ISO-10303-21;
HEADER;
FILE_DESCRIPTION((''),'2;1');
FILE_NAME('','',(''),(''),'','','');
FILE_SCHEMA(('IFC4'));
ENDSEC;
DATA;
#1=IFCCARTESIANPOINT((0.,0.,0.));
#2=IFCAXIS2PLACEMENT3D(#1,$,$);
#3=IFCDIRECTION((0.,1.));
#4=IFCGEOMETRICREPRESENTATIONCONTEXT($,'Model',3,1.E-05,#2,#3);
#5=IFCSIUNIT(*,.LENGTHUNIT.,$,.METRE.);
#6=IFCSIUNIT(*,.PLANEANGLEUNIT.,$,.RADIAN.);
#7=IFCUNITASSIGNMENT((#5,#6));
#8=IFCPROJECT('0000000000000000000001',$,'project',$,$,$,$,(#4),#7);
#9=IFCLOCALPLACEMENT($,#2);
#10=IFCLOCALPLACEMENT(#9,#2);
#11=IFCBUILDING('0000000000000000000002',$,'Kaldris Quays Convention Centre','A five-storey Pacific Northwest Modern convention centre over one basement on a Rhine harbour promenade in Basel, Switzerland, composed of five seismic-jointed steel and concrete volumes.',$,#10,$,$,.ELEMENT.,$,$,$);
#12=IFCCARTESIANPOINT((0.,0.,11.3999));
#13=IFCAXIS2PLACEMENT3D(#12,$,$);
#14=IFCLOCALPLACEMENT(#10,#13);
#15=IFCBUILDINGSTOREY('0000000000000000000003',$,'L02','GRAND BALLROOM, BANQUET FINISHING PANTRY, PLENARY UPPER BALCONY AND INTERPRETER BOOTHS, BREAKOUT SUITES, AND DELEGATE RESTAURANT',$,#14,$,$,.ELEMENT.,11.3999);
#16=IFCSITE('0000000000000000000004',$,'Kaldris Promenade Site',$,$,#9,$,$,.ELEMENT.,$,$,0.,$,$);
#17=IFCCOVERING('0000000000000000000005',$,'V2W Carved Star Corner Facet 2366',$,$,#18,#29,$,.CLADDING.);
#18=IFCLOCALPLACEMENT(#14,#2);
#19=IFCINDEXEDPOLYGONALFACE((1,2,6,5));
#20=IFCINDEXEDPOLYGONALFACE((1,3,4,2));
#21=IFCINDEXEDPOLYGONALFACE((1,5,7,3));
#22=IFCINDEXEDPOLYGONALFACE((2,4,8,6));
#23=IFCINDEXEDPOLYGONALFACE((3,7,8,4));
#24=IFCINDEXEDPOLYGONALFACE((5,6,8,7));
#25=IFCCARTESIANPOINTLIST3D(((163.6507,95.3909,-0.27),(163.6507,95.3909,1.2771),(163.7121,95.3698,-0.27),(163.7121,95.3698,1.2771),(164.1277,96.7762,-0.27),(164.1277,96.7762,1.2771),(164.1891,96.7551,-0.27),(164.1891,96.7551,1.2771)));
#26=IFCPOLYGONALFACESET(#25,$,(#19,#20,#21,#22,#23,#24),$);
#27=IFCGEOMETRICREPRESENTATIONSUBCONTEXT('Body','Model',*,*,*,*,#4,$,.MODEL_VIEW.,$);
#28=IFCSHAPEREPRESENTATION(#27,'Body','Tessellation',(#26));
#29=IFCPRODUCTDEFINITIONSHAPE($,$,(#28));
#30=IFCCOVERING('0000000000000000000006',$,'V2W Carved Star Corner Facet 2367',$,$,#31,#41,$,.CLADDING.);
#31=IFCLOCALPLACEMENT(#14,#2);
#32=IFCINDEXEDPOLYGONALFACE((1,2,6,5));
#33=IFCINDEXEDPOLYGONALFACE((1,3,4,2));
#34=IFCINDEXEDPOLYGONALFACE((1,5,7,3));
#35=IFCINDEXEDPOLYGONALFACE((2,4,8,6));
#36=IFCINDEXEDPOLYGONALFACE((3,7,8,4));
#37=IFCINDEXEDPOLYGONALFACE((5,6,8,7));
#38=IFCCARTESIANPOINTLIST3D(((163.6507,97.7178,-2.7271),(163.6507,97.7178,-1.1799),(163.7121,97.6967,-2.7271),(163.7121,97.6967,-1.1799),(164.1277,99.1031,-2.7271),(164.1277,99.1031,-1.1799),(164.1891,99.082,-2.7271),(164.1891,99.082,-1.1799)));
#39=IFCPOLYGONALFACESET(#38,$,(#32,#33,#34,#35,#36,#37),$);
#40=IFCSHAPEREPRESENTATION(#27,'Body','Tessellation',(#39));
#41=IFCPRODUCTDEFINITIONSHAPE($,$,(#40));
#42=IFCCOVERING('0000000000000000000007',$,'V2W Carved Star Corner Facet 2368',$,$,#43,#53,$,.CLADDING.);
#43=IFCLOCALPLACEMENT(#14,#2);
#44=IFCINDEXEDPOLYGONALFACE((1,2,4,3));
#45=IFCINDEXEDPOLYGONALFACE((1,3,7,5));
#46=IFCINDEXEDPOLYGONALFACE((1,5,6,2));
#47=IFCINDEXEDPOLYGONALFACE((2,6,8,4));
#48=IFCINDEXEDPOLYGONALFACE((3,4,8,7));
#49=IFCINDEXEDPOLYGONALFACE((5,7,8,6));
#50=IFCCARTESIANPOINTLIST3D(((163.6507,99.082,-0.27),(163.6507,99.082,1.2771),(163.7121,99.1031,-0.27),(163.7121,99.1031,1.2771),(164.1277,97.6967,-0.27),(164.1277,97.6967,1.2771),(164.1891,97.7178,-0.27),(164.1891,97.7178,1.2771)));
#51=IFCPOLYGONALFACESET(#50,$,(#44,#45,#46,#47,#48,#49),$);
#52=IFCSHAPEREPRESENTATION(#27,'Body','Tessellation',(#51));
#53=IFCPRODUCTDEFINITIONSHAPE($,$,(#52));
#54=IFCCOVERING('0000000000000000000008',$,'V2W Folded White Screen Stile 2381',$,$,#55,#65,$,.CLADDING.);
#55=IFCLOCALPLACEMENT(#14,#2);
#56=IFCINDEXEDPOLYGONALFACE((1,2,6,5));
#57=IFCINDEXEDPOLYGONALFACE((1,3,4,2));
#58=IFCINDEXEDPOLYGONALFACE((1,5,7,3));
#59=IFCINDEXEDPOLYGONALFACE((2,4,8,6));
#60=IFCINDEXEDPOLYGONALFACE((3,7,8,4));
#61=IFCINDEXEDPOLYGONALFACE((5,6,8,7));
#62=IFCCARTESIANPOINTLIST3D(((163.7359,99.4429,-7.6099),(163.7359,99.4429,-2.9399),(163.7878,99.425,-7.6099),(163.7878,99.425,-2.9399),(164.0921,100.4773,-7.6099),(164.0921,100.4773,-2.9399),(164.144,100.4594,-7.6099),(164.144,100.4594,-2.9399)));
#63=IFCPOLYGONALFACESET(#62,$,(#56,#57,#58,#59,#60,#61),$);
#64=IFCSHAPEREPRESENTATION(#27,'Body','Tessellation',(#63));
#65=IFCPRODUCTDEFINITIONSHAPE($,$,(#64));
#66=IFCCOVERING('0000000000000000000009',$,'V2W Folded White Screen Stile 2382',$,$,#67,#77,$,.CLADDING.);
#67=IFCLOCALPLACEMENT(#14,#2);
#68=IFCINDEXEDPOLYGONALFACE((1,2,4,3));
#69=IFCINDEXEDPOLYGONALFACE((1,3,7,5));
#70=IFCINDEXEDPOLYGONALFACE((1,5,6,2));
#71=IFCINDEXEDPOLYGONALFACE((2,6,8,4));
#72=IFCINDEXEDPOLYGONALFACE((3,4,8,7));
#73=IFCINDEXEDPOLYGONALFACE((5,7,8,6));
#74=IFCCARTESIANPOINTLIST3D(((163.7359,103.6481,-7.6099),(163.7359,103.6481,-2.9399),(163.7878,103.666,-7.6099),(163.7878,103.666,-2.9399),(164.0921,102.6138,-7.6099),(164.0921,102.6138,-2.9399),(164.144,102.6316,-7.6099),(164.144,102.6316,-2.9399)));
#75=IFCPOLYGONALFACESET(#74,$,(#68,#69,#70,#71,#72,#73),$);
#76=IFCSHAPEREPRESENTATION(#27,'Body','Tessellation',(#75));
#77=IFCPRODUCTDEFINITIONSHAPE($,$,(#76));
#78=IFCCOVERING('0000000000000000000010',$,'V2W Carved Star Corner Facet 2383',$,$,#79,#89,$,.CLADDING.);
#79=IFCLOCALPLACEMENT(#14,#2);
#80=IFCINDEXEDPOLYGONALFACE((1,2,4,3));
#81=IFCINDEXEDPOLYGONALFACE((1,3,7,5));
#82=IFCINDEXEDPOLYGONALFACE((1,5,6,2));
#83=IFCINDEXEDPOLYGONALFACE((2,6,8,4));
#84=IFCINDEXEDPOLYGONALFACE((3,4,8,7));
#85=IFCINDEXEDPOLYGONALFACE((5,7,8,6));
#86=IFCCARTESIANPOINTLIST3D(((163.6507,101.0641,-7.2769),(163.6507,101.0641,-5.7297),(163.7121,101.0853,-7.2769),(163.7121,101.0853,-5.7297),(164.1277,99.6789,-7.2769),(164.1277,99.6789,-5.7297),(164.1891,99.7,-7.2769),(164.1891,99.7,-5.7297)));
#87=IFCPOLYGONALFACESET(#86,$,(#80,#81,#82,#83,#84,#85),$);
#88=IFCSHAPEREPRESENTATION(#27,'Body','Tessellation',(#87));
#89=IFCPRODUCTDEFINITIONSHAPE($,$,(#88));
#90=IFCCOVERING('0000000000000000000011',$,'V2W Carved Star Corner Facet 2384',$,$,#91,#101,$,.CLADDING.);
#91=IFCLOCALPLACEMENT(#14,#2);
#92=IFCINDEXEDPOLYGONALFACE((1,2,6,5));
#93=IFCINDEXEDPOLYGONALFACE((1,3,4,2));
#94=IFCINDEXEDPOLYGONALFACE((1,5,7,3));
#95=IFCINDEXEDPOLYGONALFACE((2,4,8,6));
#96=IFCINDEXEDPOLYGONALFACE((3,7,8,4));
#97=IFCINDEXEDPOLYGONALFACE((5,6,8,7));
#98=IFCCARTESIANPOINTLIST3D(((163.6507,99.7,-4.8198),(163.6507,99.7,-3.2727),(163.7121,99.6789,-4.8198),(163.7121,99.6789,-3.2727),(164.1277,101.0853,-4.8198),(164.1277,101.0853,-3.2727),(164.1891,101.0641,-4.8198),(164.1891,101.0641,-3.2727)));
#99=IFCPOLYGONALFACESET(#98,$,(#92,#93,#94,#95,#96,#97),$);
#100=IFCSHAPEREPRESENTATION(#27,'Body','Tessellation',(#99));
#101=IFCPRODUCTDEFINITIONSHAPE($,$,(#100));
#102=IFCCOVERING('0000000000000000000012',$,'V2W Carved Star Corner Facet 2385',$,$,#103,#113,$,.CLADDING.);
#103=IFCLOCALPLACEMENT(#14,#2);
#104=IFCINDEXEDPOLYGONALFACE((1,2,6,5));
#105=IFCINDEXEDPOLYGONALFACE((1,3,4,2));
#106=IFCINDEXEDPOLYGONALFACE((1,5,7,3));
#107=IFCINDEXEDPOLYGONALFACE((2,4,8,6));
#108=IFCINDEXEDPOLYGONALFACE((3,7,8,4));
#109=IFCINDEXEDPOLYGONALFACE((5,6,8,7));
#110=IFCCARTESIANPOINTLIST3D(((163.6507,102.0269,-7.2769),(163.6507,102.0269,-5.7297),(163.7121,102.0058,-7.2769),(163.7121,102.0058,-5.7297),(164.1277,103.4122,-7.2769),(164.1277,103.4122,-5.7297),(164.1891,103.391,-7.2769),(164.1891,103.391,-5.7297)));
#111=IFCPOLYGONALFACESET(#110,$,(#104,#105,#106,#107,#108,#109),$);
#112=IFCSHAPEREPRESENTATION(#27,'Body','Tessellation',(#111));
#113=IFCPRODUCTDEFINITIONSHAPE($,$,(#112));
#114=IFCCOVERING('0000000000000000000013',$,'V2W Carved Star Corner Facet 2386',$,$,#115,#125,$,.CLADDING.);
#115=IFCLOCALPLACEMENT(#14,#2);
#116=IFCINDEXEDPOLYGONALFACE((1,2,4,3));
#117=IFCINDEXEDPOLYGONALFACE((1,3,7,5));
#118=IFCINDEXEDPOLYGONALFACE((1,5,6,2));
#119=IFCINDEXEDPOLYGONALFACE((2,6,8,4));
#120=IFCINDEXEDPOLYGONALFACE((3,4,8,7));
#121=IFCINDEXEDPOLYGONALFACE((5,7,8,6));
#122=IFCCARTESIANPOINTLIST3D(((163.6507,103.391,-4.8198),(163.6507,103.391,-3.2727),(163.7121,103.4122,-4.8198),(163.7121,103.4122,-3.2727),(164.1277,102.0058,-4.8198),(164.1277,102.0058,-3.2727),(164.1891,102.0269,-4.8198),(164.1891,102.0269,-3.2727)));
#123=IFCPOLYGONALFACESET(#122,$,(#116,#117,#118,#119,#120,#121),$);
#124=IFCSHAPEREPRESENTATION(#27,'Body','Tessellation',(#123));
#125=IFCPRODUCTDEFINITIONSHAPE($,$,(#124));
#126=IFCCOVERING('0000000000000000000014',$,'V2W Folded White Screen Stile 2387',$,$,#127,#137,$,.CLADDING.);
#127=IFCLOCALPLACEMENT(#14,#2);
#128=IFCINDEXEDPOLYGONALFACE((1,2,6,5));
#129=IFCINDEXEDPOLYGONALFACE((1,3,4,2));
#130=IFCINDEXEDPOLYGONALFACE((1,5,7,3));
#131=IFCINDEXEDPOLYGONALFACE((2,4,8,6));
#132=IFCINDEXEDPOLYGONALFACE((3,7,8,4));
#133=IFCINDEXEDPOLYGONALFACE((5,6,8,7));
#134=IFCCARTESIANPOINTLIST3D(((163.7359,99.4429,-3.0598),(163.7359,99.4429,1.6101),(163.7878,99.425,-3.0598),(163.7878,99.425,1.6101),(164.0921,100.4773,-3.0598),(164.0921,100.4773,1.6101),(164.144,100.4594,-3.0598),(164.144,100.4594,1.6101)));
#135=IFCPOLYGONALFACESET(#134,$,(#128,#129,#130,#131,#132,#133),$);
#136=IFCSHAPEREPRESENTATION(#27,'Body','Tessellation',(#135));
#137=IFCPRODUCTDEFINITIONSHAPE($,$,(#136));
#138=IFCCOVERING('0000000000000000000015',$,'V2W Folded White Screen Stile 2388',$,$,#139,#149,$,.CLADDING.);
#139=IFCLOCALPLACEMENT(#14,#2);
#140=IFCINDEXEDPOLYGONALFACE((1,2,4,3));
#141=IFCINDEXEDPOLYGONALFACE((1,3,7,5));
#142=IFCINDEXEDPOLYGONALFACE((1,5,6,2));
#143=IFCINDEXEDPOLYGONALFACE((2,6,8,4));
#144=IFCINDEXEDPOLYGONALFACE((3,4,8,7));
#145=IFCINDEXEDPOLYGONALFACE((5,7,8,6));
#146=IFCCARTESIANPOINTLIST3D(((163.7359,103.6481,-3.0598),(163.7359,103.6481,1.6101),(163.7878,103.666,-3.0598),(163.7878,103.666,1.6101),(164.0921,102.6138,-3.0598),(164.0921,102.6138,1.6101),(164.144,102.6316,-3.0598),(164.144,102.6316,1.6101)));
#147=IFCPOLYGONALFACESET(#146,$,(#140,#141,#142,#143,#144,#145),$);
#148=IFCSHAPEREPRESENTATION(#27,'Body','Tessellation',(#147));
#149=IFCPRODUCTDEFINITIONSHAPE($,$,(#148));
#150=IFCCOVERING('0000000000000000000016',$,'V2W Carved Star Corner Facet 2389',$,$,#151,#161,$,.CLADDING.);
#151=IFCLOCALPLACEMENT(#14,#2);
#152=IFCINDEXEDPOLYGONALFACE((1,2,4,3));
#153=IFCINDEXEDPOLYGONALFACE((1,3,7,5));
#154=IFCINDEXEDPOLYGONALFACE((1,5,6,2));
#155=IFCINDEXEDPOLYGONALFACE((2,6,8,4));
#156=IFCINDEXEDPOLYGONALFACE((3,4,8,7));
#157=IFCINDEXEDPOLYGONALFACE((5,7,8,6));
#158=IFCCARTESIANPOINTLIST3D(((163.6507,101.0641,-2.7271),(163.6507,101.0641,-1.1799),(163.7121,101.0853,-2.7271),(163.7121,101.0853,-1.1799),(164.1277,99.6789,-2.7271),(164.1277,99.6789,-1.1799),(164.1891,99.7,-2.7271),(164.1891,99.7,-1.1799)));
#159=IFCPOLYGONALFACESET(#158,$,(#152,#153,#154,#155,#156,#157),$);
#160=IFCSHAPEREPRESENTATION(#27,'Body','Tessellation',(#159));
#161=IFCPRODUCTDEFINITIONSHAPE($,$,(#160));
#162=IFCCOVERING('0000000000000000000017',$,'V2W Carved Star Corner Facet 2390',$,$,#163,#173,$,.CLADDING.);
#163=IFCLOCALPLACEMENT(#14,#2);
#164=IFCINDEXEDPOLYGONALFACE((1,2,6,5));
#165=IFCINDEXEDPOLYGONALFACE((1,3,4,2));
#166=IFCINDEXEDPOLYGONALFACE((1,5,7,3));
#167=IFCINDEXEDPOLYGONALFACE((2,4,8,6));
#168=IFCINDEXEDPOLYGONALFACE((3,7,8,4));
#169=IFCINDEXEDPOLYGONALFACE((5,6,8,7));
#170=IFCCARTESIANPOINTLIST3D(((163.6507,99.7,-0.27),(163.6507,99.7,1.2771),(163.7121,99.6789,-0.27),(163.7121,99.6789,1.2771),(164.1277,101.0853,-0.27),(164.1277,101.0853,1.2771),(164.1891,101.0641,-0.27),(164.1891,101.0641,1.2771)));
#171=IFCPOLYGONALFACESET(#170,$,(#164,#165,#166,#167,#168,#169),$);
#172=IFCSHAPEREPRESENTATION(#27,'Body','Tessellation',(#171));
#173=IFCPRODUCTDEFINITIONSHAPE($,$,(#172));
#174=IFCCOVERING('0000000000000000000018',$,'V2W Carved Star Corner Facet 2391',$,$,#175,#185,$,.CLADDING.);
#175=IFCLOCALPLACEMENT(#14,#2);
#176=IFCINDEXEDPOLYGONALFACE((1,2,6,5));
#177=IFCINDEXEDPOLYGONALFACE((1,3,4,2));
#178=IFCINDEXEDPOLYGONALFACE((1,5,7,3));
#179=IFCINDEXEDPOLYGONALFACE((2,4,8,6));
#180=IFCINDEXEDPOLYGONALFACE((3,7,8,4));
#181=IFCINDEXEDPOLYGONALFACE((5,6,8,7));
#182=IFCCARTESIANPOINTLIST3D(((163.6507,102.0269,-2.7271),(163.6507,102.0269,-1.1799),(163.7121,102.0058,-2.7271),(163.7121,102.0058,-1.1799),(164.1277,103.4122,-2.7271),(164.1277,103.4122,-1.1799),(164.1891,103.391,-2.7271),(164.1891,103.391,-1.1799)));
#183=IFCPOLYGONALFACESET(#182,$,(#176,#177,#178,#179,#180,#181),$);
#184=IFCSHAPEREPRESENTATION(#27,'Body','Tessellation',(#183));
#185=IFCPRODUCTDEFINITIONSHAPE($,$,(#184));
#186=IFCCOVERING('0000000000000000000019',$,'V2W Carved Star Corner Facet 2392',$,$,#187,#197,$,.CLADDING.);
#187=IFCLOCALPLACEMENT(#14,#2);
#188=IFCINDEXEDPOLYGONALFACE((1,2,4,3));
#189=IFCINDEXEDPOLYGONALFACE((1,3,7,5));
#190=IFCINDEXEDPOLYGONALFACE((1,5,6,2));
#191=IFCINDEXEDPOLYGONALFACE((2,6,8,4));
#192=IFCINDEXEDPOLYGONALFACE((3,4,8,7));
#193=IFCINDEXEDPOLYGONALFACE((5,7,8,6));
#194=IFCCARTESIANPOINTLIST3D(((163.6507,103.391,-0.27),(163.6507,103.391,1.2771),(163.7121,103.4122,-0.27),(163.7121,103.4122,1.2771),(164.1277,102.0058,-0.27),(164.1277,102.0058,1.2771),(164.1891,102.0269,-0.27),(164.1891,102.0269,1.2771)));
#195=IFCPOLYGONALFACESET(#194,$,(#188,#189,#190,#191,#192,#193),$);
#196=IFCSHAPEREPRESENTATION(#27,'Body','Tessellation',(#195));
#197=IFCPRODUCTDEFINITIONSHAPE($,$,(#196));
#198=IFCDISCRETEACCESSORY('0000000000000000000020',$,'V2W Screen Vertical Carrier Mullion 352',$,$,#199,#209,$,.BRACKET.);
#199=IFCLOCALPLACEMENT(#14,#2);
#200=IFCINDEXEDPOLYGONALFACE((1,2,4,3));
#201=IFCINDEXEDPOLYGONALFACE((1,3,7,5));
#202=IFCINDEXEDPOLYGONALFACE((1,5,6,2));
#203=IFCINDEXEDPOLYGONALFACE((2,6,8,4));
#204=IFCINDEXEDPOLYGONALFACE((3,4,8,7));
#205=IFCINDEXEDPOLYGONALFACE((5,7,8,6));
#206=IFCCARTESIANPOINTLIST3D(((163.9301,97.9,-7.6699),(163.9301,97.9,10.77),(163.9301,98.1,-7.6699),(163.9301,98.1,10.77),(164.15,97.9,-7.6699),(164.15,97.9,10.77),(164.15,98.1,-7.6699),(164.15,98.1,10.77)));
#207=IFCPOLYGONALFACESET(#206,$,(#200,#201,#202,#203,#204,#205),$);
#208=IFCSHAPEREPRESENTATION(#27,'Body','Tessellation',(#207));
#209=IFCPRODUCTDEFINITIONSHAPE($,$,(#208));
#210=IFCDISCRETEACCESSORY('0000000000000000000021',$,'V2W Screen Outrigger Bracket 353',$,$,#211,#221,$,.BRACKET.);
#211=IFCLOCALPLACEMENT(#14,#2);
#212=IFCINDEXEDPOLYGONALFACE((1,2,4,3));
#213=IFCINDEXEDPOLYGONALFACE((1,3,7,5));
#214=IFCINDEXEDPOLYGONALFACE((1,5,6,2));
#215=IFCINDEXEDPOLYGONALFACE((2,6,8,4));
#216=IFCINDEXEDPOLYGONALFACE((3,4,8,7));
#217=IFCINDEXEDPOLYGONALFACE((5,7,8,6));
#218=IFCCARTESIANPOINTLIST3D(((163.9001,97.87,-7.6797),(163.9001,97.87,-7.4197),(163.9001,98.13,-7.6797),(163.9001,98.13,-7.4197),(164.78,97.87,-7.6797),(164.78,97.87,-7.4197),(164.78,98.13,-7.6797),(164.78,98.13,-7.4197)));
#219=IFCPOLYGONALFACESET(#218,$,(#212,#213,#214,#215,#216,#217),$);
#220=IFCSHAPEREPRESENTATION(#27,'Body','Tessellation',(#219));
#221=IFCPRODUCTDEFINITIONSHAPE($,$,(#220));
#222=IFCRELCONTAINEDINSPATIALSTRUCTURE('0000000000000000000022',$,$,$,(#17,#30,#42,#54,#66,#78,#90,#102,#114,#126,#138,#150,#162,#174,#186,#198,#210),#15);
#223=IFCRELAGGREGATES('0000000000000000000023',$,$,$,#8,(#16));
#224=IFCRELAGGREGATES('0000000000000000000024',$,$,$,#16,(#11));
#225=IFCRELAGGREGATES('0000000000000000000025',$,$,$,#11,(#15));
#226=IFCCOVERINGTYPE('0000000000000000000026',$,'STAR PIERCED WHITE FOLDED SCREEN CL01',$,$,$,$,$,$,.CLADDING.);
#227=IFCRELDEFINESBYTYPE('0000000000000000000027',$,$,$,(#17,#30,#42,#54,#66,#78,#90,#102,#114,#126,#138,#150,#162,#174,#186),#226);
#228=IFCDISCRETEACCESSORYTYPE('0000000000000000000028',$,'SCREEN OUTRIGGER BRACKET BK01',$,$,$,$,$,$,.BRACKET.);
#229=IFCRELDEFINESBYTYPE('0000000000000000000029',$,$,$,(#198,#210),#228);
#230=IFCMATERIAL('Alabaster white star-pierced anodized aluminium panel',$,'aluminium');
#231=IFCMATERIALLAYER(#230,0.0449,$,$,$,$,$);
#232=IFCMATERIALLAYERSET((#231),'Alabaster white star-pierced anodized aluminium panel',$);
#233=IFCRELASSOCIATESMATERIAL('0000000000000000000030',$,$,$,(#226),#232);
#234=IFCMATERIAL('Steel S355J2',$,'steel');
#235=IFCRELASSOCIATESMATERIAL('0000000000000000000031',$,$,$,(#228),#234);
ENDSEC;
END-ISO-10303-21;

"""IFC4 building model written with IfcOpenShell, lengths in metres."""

from ifc_helpers import new_model, si_unit, direction, frame, origin, origin_2d, place, context, subcontext, project, spatial, rectangle, extrude, material, layer, layer_set, type_object, element, save


model = new_model("IFC4")

# Units and contexts
model_context = context("Model", 3, precision=1e-05, world=origin(), true_north=direction((0.0, 1.0)))
body_context = subcontext(model_context, "Body", "Model", "MODEL_VIEW")
ifc_project = project(units=[si_unit("LENGTHUNIT", "METRE"), si_unit("PLANEANGLEUNIT", "RADIAN")], contexts=[model_context])

# Site, building, storey
site_placement = place(None, origin())
site = spatial("IfcSite", under=ifc_project, at=site_placement, Name="Kaldris Promenade Site", CompositionType="ELEMENT", RefElevation=0.0)
building_placement = place(site_placement, origin())
building = spatial("IfcBuilding", under=site, at=building_placement, Name="Kaldris Quays Convention Centre", Description="A five-storey Pacific Northwest Modern convention centre over one basement on a Rhine harbour promenade in Basel, Switzerland, composed of five seismic-jointed steel and concrete volumes.", CompositionType="ELEMENT")
storey_placement = place(building_placement, frame((0.0, 0.0, 11.3999)))
storey = spatial("IfcBuildingStorey", under=building, at=storey_placement, Name="L02", Description="GRAND BALLROOM, BANQUET FINISHING PANTRY, PLENARY UPPER BALCONY AND INTERPRETER BOOTHS, BREAKOUT SUITES, AND DELEGATE RESTAURANT", CompositionType="ELEMENT", Elevation=11.3999)

# Shared definitions
ifc_material_1 = material(Name="Steel S355J2", Category="steel")

# Coverings
ifc_material_2 = material(Name="Alabaster white star-pierced anodized aluminium panel", Category="aluminium")
ifc_layer = layer(ifc_material_2, 0.0449)
ifc_layer_set = layer_set([ifc_layer], Name="Alabaster white star-pierced anodized aluminium panel")
covering_type = type_object("IfcCoveringType", Name="STAR PIERCED WHITE FOLDED SCREEN CL01", PredefinedType="CLADDING", material=ifc_layer_set)
for number, where, z_axis, x_axis, name in (
    (1, (163.9199, 96.073, -0.27), (0.0, 0.0, 1.0), (0.325568, 0.945519, 0.0), "V2W Carved Star Corner Facet 2366"),
    (2, (163.9199, 98.3999, -2.7271), (0.0, 0.0, 1.0), (0.325568, 0.945519, 0.0), "V2W Carved Star Corner Facet 2367"),
    (3, (163.9199, 98.3999, -0.27), (0.0, 0.0, 1.0), (-0.325568, 0.945519, 0.0), "V2W Carved Star Corner Facet 2368"),
):
    element("IfcCovering", number, at=place(storey_placement, frame(where, z_axis=z_axis, x_axis=x_axis)), inside=storey, type_object=covering_type, Name=name, PredefinedType="CLADDING", context=body_context, shape_type="SweptSolid", body=[
        extrude(rectangle(XDim=1.4651, YDim=0.0649, at=origin_2d()), origin(), (0.0, 0.0, 1.0), 1.5471),
    ])
for number, where, z_axis, x_axis, name in (
    (4, (163.9399, 99.9512, -7.6099), (0.0, 0.0, 1.0), (0.325568, 0.945519, 0.0), "V2W Folded White Screen Stile 2381"),
    (5, (163.9399, 103.1399, -7.6099), (0.0, 0.0, 1.0), (-0.325568, 0.945519, 0.0), "V2W Folded White Screen Stile 2382"),
):
    element("IfcCovering", number, at=place(storey_placement, frame(where, z_axis=z_axis, x_axis=x_axis)), inside=storey, type_object=covering_type, Name=name, PredefinedType="CLADDING", context=body_context, shape_type="SweptSolid", body=[
        extrude(rectangle(XDim=1.094, YDim=0.0549, at=origin_2d()), origin(), (0.0, 0.0, 1.0), 4.6699),
    ])
for number, where, z_axis, x_axis, name in (
    (6, (163.9199, 100.3821, -7.2769), (0.0, 0.0, 1.0), (-0.325568, 0.945519, 0.0), "V2W Carved Star Corner Facet 2383"),
    (7, (163.9199, 100.3821, -4.8198), (0.0, 0.0, 1.0), (0.325568, 0.945519, 0.0), "V2W Carved Star Corner Facet 2384"),
    (8, (163.9199, 102.709, -7.2769), (0.0, 0.0, 1.0), (0.325568, 0.945519, 0.0), "V2W Carved Star Corner Facet 2385"),
    (9, (163.9199, 102.709, -4.8198), (0.0, 0.0, 1.0), (-0.325568, 0.945519, 0.0), "V2W Carved Star Corner Facet 2386"),
):
    element("IfcCovering", number, at=place(storey_placement, frame(where, z_axis=z_axis, x_axis=x_axis)), inside=storey, type_object=covering_type, Name=name, PredefinedType="CLADDING", context=body_context, shape_type="SweptSolid", body=[
        extrude(rectangle(XDim=1.4651, YDim=0.0649, at=origin_2d()), origin(), (0.0, 0.0, 1.0), 1.5471),
    ])
for number, where, z_axis, x_axis, name in (
    (10, (163.9399, 99.9512, -3.0598), (0.0, 0.0, 1.0), (0.325568, 0.945519, 0.0), "V2W Folded White Screen Stile 2387"),
    (11, (163.9399, 103.1399, -3.0598), (0.0, 0.0, 1.0), (-0.325568, 0.945519, 0.0), "V2W Folded White Screen Stile 2388"),
):
    element("IfcCovering", number, at=place(storey_placement, frame(where, z_axis=z_axis, x_axis=x_axis)), inside=storey, type_object=covering_type, Name=name, PredefinedType="CLADDING", context=body_context, shape_type="SweptSolid", body=[
        extrude(rectangle(XDim=1.094, YDim=0.0549, at=origin_2d()), origin(), (0.0, 0.0, 1.0), 4.6699),
    ])
for number, where, z_axis, x_axis, name in (
    (12, (163.9199, 100.3821, -2.7271), (0.0, 0.0, 1.0), (-0.325568, 0.945519, 0.0), "V2W Carved Star Corner Facet 2389"),
    (13, (163.9199, 100.3821, -0.27), (0.0, 0.0, 1.0), (0.325568, 0.945519, 0.0), "V2W Carved Star Corner Facet 2390"),
    (14, (163.9199, 102.709, -2.7271), (0.0, 0.0, 1.0), (0.325568, 0.945519, 0.0), "V2W Carved Star Corner Facet 2391"),
    (15, (163.9199, 102.709, -0.27), (0.0, 0.0, 1.0), (-0.325568, 0.945519, 0.0), "V2W Carved Star Corner Facet 2392"),
):
    element("IfcCovering", number, at=place(storey_placement, frame(where, z_axis=z_axis, x_axis=x_axis)), inside=storey, type_object=covering_type, Name=name, PredefinedType="CLADDING", context=body_context, shape_type="SweptSolid", body=[
        extrude(rectangle(XDim=1.4651, YDim=0.0649, at=origin_2d()), origin(), (0.0, 0.0, 1.0), 1.5471),
    ])

# Discrete accessories
discrete_accessory_type = type_object("IfcDiscreteAccessoryType", Name="SCREEN OUTRIGGER BRACKET BK01", PredefinedType="BRACKET", material=ifc_material_1)
discrete_accessory_1_placement = place(storey_placement, frame((164.04, 98.0, -7.6699), z_axis=(0.0, 0.0, 1.0), x_axis=(0.0, 1.0, 0.0)))
element("IfcDiscreteAccessory", 16, at=discrete_accessory_1_placement, inside=storey, type_object=discrete_accessory_type, Name="V2W Screen Vertical Carrier Mullion 352", PredefinedType="BRACKET", context=body_context, shape_type="SweptSolid", body=[
    extrude(rectangle(XDim=0.2, YDim=0.22, at=origin_2d()), origin(), (0.0, 0.0, 1.0), 18.4399),
])
for number, where, z_axis, x_axis, name in (
    (17, (164.3401, 98.0, -7.6797), (0.0, 0.0, 1.0), (0.0, 1.0, 0.0), "V2W Screen Outrigger Bracket 353"),
):
    element("IfcDiscreteAccessory", number, at=place(storey_placement, frame(where, z_axis=z_axis, x_axis=x_axis)), inside=storey, type_object=discrete_accessory_type, Name=name, PredefinedType="BRACKET", context=body_context, shape_type="SweptSolid", body=[
        extrude(rectangle(XDim=0.26, YDim=0.8799, at=origin_2d()), origin(), (0.0, 0.0, 1.0), 0.26),
    ])

save(model, "model.ifc")
